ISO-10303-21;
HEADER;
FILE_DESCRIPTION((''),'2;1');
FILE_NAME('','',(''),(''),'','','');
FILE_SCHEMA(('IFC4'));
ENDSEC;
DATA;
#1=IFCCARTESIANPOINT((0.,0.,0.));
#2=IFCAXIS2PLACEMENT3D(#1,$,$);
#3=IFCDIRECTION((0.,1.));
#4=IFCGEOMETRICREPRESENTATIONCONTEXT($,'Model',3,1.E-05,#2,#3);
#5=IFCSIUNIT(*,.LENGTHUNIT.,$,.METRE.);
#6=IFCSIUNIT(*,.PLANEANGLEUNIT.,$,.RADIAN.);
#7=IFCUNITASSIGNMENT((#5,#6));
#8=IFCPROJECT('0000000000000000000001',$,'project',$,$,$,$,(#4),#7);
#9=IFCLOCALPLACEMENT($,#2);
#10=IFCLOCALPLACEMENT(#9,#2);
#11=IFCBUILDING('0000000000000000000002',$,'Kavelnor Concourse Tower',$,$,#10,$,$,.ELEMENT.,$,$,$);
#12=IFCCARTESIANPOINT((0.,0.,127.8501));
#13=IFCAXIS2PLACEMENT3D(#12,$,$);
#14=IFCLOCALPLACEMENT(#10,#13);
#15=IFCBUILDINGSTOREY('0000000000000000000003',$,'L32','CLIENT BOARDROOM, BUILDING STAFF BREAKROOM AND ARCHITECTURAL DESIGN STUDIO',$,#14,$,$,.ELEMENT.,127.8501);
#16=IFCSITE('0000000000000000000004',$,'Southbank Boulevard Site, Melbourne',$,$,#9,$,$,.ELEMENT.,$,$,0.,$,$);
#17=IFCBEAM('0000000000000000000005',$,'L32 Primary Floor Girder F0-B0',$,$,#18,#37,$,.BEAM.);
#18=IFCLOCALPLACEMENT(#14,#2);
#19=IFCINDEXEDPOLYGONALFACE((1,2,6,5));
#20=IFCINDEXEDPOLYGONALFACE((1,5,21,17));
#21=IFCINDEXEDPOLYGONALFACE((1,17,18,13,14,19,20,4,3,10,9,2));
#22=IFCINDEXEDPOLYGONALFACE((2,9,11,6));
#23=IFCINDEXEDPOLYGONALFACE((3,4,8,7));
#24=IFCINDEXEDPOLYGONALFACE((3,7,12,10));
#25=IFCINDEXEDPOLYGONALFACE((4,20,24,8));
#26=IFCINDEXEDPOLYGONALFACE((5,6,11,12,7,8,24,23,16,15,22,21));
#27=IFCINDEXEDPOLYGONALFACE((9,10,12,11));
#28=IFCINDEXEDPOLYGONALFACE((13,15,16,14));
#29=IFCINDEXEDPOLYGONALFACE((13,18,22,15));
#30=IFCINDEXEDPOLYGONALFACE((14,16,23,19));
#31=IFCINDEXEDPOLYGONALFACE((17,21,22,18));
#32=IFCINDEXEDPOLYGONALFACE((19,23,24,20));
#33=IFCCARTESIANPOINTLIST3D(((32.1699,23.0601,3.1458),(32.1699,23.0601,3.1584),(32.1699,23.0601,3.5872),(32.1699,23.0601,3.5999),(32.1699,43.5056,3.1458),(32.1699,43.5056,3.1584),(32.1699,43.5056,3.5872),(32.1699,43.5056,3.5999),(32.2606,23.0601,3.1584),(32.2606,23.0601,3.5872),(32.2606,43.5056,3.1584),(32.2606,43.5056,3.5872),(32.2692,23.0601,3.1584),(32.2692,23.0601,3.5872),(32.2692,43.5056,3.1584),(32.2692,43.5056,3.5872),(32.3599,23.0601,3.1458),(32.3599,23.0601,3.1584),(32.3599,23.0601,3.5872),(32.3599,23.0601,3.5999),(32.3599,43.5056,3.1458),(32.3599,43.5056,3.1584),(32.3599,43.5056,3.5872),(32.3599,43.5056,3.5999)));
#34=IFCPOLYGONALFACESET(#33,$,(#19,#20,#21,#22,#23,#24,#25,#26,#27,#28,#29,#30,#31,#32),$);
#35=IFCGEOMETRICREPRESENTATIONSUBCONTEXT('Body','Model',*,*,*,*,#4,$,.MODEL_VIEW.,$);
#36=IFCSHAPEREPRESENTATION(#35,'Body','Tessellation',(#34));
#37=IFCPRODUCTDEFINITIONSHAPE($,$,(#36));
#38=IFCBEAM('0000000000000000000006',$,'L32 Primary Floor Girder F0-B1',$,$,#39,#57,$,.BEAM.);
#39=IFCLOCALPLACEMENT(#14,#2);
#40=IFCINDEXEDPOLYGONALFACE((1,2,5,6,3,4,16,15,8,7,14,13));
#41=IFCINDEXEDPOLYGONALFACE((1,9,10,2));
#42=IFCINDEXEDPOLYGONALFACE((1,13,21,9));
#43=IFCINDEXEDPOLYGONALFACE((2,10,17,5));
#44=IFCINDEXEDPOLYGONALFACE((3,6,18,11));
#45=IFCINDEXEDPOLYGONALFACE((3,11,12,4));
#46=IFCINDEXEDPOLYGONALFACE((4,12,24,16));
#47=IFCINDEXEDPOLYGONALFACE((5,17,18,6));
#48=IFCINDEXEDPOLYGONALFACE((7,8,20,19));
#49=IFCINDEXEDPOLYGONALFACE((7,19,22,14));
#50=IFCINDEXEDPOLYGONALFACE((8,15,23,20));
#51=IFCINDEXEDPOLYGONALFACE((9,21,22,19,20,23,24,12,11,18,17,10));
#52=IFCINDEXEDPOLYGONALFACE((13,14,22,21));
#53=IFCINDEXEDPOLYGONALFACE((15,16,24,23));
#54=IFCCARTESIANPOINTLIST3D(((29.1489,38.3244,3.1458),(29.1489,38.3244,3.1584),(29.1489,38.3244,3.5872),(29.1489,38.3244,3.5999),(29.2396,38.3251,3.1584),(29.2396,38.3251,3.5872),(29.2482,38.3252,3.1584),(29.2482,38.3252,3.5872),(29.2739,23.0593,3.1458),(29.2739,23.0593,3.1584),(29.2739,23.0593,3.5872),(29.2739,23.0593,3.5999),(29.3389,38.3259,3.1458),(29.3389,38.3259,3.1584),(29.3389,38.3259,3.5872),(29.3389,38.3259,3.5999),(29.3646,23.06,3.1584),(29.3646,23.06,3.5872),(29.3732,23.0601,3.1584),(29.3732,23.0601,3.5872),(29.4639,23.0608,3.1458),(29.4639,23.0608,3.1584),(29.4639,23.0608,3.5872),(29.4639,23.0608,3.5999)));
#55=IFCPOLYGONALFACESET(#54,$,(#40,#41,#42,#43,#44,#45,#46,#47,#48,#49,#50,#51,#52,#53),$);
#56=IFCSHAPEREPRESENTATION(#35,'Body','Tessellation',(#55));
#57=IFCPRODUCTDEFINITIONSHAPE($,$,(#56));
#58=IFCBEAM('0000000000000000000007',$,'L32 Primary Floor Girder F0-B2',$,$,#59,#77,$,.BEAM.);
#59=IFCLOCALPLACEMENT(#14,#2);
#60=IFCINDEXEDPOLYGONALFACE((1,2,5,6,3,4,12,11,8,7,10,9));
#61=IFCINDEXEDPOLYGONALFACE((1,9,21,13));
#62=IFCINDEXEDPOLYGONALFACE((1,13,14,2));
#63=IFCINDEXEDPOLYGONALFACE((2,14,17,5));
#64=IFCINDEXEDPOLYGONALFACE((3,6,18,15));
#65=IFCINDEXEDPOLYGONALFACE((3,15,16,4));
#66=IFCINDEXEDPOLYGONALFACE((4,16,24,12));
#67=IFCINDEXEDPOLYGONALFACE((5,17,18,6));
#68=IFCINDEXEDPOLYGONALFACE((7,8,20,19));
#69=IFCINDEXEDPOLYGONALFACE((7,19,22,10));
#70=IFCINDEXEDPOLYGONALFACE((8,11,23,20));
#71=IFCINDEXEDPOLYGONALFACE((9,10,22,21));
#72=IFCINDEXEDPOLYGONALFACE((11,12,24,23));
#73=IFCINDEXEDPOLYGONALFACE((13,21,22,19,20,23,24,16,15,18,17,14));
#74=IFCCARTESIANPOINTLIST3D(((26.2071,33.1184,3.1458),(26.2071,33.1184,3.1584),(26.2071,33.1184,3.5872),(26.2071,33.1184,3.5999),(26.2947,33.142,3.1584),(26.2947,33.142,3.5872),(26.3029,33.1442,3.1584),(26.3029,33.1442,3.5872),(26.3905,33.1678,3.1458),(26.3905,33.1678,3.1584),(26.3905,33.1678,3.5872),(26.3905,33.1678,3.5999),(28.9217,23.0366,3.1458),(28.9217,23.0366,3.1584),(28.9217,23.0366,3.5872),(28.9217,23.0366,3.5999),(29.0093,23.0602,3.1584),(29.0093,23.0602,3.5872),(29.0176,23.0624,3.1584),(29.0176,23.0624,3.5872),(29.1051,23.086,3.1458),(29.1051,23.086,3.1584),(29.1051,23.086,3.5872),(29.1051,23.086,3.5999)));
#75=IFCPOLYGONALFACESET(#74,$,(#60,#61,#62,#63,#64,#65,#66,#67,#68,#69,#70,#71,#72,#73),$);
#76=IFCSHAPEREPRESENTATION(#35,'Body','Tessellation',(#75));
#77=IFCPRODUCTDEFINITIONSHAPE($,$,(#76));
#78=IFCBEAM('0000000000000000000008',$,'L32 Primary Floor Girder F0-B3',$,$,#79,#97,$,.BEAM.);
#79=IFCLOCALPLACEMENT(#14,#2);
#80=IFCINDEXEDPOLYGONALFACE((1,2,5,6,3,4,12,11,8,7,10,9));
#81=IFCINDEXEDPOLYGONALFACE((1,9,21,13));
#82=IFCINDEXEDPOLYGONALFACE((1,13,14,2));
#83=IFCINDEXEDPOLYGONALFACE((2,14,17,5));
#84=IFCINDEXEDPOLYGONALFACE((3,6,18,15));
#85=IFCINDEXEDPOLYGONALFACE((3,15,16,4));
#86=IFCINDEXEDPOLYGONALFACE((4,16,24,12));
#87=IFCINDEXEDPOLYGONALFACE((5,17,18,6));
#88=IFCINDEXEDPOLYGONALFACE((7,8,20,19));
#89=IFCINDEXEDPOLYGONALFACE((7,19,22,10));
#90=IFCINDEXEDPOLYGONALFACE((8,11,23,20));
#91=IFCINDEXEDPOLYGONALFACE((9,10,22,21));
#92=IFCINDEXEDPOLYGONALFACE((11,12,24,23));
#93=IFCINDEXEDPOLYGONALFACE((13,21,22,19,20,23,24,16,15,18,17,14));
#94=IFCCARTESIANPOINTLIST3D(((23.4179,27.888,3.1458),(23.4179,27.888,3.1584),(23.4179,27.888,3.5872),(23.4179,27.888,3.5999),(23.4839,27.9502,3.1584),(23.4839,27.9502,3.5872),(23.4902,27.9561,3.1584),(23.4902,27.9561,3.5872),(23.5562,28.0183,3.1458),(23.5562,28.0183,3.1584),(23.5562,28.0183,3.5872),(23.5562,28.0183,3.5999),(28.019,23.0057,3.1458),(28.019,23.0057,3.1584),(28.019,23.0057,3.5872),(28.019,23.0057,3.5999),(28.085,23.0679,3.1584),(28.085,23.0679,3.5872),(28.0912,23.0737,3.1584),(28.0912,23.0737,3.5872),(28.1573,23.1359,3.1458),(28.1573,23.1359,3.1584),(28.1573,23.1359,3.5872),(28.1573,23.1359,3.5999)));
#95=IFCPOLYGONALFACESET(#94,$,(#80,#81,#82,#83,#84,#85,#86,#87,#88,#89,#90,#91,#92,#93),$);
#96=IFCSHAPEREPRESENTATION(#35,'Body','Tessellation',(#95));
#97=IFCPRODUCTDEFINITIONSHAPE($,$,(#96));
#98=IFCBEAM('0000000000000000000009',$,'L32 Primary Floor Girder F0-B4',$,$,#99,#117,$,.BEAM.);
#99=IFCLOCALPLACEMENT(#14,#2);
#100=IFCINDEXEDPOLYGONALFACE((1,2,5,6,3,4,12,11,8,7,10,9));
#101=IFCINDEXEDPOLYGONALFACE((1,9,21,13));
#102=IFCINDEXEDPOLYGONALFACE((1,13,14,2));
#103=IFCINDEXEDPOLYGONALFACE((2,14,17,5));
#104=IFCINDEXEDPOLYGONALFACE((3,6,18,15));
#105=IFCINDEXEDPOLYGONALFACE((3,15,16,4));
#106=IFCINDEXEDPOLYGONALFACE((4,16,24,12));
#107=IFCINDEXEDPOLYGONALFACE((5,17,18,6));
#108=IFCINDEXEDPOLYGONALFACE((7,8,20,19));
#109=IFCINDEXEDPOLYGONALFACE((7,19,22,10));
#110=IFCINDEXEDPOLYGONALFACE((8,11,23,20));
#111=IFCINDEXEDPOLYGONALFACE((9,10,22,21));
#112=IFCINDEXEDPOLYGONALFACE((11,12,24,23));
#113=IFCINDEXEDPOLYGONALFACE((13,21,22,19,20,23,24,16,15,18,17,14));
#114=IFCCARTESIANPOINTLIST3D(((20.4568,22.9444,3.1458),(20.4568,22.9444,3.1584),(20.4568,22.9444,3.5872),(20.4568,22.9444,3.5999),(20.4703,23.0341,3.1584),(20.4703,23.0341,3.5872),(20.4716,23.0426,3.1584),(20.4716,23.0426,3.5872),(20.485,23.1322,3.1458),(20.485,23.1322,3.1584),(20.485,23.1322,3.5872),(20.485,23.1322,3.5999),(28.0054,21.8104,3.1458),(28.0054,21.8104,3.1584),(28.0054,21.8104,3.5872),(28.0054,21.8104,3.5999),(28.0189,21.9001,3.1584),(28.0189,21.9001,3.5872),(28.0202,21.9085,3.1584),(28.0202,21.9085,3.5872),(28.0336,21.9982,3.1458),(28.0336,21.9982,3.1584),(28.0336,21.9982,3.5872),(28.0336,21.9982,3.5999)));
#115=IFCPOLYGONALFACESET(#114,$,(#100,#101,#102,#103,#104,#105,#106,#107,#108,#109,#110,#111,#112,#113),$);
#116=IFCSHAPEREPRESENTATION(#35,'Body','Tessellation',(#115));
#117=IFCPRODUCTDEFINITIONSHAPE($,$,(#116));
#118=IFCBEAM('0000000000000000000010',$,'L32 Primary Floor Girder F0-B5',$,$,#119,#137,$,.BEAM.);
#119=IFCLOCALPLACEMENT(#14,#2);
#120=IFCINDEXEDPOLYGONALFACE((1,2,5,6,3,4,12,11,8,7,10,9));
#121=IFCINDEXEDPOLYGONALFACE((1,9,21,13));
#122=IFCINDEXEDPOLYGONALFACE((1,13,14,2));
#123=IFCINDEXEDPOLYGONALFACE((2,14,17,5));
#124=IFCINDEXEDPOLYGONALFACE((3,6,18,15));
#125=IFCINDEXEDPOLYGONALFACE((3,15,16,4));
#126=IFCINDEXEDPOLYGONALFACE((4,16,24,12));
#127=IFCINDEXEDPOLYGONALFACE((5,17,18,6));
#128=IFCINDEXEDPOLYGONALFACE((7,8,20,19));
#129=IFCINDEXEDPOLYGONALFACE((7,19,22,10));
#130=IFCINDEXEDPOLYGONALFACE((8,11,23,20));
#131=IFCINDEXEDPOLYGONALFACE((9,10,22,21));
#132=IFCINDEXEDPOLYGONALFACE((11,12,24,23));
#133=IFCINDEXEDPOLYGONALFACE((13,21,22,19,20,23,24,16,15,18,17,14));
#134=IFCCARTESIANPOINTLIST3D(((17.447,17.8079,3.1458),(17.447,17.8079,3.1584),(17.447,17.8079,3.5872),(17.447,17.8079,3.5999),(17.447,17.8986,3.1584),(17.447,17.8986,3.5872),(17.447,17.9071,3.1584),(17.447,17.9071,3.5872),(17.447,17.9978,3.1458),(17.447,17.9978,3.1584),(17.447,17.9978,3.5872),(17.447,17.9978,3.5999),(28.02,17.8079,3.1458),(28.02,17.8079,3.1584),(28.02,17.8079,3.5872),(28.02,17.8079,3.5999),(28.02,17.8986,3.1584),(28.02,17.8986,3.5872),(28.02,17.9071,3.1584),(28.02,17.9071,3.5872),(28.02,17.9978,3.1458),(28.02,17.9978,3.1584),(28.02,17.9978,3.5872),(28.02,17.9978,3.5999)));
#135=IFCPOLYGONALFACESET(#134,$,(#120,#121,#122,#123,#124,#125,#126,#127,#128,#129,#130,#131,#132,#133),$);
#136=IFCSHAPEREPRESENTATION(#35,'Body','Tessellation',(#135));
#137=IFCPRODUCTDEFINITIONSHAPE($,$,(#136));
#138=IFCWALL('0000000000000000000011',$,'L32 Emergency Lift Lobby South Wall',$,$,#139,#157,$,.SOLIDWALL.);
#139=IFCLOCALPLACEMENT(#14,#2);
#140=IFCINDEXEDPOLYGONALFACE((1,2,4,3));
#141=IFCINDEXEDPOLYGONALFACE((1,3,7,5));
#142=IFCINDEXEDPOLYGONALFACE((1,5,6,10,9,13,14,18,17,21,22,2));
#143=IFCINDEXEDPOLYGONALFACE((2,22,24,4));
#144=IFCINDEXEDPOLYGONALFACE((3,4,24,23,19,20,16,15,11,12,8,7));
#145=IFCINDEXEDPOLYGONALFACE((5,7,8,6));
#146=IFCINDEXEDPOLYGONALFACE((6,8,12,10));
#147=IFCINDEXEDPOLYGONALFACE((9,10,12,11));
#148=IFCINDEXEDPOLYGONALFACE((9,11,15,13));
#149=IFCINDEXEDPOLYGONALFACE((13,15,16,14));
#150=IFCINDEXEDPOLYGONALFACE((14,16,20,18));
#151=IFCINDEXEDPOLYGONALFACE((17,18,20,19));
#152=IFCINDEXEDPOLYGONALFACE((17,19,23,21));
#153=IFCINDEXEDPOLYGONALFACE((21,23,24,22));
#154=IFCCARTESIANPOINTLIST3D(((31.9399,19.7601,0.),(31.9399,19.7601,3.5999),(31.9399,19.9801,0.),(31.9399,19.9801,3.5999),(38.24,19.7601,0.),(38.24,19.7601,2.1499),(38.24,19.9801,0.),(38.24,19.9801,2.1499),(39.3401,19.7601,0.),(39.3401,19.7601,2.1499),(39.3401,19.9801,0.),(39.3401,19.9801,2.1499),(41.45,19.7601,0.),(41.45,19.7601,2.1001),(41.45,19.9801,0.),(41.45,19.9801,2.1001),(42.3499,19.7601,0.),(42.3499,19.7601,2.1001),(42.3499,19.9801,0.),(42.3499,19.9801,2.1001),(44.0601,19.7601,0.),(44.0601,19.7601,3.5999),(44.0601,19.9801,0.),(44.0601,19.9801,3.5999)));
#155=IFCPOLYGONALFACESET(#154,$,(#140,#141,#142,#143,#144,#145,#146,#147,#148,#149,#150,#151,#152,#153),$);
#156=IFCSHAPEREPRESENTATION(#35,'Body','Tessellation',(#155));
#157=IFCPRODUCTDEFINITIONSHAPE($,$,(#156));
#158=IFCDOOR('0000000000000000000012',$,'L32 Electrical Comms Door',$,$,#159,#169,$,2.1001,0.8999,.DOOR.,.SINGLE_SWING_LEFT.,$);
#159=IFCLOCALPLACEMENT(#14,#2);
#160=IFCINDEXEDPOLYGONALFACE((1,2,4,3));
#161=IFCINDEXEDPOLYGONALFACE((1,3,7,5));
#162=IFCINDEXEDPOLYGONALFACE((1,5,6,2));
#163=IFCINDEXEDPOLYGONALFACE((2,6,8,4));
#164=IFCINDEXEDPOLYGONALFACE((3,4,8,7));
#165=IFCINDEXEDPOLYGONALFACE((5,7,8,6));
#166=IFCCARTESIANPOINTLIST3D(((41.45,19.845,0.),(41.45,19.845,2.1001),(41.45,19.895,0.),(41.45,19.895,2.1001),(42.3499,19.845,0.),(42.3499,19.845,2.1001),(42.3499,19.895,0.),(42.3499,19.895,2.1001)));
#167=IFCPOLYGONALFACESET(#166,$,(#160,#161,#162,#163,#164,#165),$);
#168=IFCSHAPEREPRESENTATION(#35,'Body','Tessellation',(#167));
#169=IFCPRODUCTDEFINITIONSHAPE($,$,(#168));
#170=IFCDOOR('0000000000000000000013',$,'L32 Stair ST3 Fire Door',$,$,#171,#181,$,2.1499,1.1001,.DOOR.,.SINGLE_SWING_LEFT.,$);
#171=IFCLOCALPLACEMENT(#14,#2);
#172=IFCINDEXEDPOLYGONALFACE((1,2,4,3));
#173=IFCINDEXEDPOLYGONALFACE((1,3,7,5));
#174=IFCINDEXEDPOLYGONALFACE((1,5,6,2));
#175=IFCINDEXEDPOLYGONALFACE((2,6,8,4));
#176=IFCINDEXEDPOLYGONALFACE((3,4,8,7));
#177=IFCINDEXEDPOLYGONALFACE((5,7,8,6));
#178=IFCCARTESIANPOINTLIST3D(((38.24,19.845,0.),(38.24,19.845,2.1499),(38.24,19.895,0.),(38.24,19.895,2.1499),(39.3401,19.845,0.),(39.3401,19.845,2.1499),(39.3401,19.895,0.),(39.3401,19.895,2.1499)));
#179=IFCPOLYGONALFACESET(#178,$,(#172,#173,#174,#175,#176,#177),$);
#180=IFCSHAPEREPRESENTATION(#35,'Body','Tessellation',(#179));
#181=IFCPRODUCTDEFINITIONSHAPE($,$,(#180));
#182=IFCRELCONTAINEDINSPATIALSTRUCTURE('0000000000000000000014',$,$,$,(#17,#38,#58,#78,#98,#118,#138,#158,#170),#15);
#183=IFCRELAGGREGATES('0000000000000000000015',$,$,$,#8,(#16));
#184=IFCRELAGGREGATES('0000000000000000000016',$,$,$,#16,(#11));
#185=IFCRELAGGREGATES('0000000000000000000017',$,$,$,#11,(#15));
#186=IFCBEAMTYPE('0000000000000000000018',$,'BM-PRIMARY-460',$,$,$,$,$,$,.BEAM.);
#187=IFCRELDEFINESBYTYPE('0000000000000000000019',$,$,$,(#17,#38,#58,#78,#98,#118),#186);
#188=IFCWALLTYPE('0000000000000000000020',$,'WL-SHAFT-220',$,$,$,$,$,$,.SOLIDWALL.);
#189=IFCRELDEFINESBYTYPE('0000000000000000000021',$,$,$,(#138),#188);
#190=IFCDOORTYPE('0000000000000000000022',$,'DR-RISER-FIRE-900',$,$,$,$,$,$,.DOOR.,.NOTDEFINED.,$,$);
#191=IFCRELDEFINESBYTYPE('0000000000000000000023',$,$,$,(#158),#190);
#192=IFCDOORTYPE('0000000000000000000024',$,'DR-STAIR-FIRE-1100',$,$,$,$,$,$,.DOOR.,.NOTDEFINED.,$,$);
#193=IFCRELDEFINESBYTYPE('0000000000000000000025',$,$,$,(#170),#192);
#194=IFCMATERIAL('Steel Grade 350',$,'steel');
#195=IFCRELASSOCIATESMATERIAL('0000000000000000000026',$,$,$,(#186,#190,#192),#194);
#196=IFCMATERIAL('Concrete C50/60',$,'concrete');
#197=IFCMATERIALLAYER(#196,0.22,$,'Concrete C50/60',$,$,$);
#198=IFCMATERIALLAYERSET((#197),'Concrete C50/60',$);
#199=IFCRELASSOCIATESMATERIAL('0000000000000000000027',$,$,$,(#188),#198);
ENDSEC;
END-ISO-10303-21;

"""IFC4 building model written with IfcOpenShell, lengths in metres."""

from ifc_helpers import new_model, si_unit, direction, frame, frame_2d, origin, origin_2d, place, context, subcontext, project, spatial, rectangle, i_section, extrude, material, layer, layer_set, material_profile, profile_set, type_object, element, fill, save


model = new_model("IFC4")

# Units and contexts
model_context = context("Model", 3, precision=1e-05, world=origin(), true_north=direction((0.0, 1.0)))
body_context = subcontext(model_context, "Body", "Model", "MODEL_VIEW")
ifc_project = project(units=[si_unit("LENGTHUNIT", "METRE"), si_unit("PLANEANGLEUNIT", "RADIAN")], contexts=[model_context])

# Site, building, storey
site_placement = place(None, origin())
site = spatial("IfcSite", under=ifc_project, at=site_placement, Name="Southbank Boulevard Site, Melbourne", CompositionType="ELEMENT", RefElevation=0.0)
building_placement = place(site_placement, origin())
building = spatial("IfcBuilding", under=site, at=building_placement, Name="Kavelnor Concourse Tower", CompositionType="ELEMENT")
storey_placement = place(building_placement, frame((0.0, 0.0, 127.8501)))
storey = spatial("IfcBuildingStorey", under=building, at=storey_placement, Name="L32", Description="CLIENT BOARDROOM, BUILDING STAFF BREAKROOM AND ARCHITECTURAL DESIGN STUDIO", CompositionType="ELEMENT", Elevation=127.8501)

# Beams
ifc_material_1 = material(Name="Steel Grade 350", Category="steel")
ifc_material_profile = material_profile(ifc_material_1, i_section(OverallWidth=0.1899, OverallDepth=0.4541, WebThickness=0.0085, FlangeThickness=0.0127, at=origin_2d()), Name="460UB67")
ifc_profile_set = profile_set([ifc_material_profile], Name="Steel Grade 350")
beam_type = type_object("IfcBeamType", Name="BM-PRIMARY-460", PredefinedType="BEAM", material=ifc_profile_set)
beam_1_placement = place(storey_placement, frame((32.2649, 23.0601, 3.3728), z_axis=(0.0, 1.0, 0.0), x_axis=(-1.0, 0.0, 0.0)))
element("IfcBeam", 1, at=beam_1_placement, inside=storey, type_object=beam_type, Name="L32 Primary Floor Girder F0-B0", PredefinedType="BEAM", context=body_context, shape_type="SweptSolid", body=[
    extrude(i_section(OverallWidth=0.1899, OverallDepth=0.4541, WebThickness=0.0085, FlangeThickness=0.0127, at=origin_2d()), origin(), (0.0, 0.0, 1.0), 20.4456),
])
beam_2_placement = place(storey_placement, frame((29.3689, 23.0601, 3.3728), z_axis=(-0.008188, 0.999966, 0.0), x_axis=(-0.999966, -0.008188, 0.0)))
element("IfcBeam", 2, at=beam_2_placement, inside=storey, type_object=beam_type, Name="L32 Primary Floor Girder F0-B1", PredefinedType="BEAM", context=body_context, shape_type="SweptSolid", body=[
    extrude(i_section(OverallWidth=0.1899, OverallDepth=0.4541, WebThickness=0.0085, FlangeThickness=0.0127, at=origin_2d()), origin(), (0.0, 0.0, 1.0), 15.2656),
])
beam_3_placement = place(storey_placement, frame((29.0134, 23.0613, 3.3728), z_axis=(-0.259998, 0.965609, 0.0), x_axis=(-0.965609, -0.259998, 0.0)))
element("IfcBeam", 3, at=beam_3_placement, inside=storey, type_object=beam_type, Name="L32 Primary Floor Girder F0-B2", PredefinedType="BEAM", context=body_context, shape_type="SweptSolid", body=[
    extrude(i_section(OverallWidth=0.1899, OverallDepth=0.4541, WebThickness=0.0085, FlangeThickness=0.0127, at=origin_2d()), origin(), (0.0, 0.0, 1.0), 10.4409),
])
beam_4_placement = place(storey_placement, frame((28.0881, 23.0708, 3.3728), z_axis=(-0.685835, 0.727758, 0.0), x_axis=(-0.727758, -0.685835, 0.0)))
element("IfcBeam", 4, at=beam_4_placement, inside=storey, type_object=beam_type, Name="L32 Primary Floor Girder F0-B3", PredefinedType="BEAM", context=body_context, shape_type="SweptSolid", body=[
    extrude(i_section(OverallWidth=0.1899, OverallDepth=0.4541, WebThickness=0.0085, FlangeThickness=0.0127, at=origin_2d()), origin(), (0.0, 0.0, 1.0), 6.7087),
])
beam_5_placement = place(storey_placement, frame((28.0195, 21.9043, 3.3728), z_axis=(-0.988903, 0.148564, 0.0), x_axis=(-0.148564, -0.988903, 0.0)))
element("IfcBeam", 5, at=beam_5_placement, inside=storey, type_object=beam_type, Name="L32 Primary Floor Girder F0-B4", PredefinedType="BEAM", context=body_context, shape_type="SweptSolid", body=[
    extrude(i_section(OverallWidth=0.1899, OverallDepth=0.4541, WebThickness=0.0085, FlangeThickness=0.0127, at=origin_2d()), origin(), (0.0, 0.0, 1.0), 7.6333),
])
beam_6_placement = place(storey_placement, frame((28.02, 17.9028, 3.3728), z_axis=(-1.0, 0.0, 0.0), x_axis=(0.0, -1.0, 0.0)))
element("IfcBeam", 6, at=beam_6_placement, inside=storey, type_object=beam_type, Name="L32 Primary Floor Girder F0-B5", PredefinedType="BEAM", context=body_context, shape_type="SweptSolid", body=[
    extrude(i_section(OverallWidth=0.1899, OverallDepth=0.4541, WebThickness=0.0085, FlangeThickness=0.0127, at=origin_2d()), origin(), (0.0, 0.0, 1.0), 10.573),
])

# Wall, openings, doors
ifc_material_2 = material(Name="Concrete C50/60", Category="concrete")
ifc_layer_1 = layer(ifc_material_2, 0.22, Name="Concrete C50/60")
ifc_layer_set_1 = layer_set([ifc_layer_1], Name="Concrete C50/60")
wall_type_1 = type_object("IfcWallType", Name="WL-SHAFT-220", PredefinedType="SOLIDWALL", material=ifc_layer_set_1)
wall_1_placement = place(storey_placement, frame((31.9399, 19.8701, 0.0), z_axis=(0.0, 0.0, 1.0), x_axis=(1.0, 0.0, 0.0)))
wall_1 = element("IfcWall", 7, at=wall_1_placement, inside=storey, type_object=wall_type_1, Name="L32 Emergency Lift Lobby South Wall", PredefinedType="SOLIDWALL", context=body_context, shape_type="SweptSolid", body=[
    extrude(rectangle(XDim=12.1201, YDim=0.22, at=frame_2d((6.0601, 0.0))), origin(), (0.0, 0.0, 1.0), 3.5999),
])
opening_1_placement = place(wall_1_placement, frame((6.3, 0.0, 0.0)))
opening_1 = element("IfcOpeningElement", 8, at=opening_1_placement, cuts=wall_1, PredefinedType="OPENING", context=body_context, shape_type="SweptSolid", body=[
    extrude(rectangle(XDim=1.1001, YDim=2.1499, at=frame_2d((0.55, 1.075))), frame((0.0, 0.1201, 0.0), z_axis=(0.0, -1.0, 0.0), x_axis=(1.0, 0.0, 0.0)), (0.0, 0.0, 1.0), 0.24),
])
opening_2_placement = place(wall_1_placement, frame((9.51, 0.0, 0.0)))
opening_2 = element("IfcOpeningElement", 9, at=opening_2_placement, cuts=wall_1, PredefinedType="OPENING", context=body_context, shape_type="SweptSolid", body=[
    extrude(rectangle(XDim=0.8999, YDim=2.1001, at=frame_2d((0.45, 1.05))), frame((0.0, 0.1201, 0.0), z_axis=(0.0, -1.0, 0.0), x_axis=(1.0, 0.0, 0.0)), (0.0, 0.0, 1.0), 0.24),
])
door_type_1 = type_object("IfcDoorType", Name="DR-RISER-FIRE-900", OperationType="NOTDEFINED", PredefinedType="DOOR", material=ifc_material_1)
door_1_placement = place(opening_2_placement, origin())
door_1 = element("IfcDoor", 10, at=door_1_placement, inside=storey, type_object=door_type_1, Name="L32 Electrical Comms Door", OperationType="SINGLE_SWING_LEFT", OverallHeight=2.1001, OverallWidth=0.8999, PredefinedType="DOOR", context=body_context, shape_type="SweptSolid", body=[
    extrude(rectangle(XDim=0.8999, YDim=2.1001, at=frame_2d((0.45, 1.05))), frame((0.0, 0.0249, 0.0), z_axis=(0.0, -1.0, 0.0), x_axis=(1.0, 0.0, 0.0)), (0.0, 0.0, 1.0), 0.05),
])
fill(opening_2, door_1)
door_type_2 = type_object("IfcDoorType", Name="DR-STAIR-FIRE-1100", OperationType="NOTDEFINED", PredefinedType="DOOR", material=ifc_material_1)
door_2_placement = place(opening_1_placement, origin())
door_2 = element("IfcDoor", 11, at=door_2_placement, inside=storey, type_object=door_type_2, Name="L32 Stair ST3 Fire Door", OperationType="SINGLE_SWING_LEFT", OverallHeight=2.1499, OverallWidth=1.1001, PredefinedType="DOOR", context=body_context, shape_type="SweptSolid", body=[
    extrude(rectangle(XDim=1.1001, YDim=2.1499, at=frame_2d((0.55, 1.075))), frame((0.0, 0.0249, 0.0), z_axis=(0.0, -1.0, 0.0), x_axis=(1.0, 0.0, 0.0)), (0.0, 0.0, 1.0), 0.05),
])
fill(opening_1, door_2)

save(model, "model.ifc")
